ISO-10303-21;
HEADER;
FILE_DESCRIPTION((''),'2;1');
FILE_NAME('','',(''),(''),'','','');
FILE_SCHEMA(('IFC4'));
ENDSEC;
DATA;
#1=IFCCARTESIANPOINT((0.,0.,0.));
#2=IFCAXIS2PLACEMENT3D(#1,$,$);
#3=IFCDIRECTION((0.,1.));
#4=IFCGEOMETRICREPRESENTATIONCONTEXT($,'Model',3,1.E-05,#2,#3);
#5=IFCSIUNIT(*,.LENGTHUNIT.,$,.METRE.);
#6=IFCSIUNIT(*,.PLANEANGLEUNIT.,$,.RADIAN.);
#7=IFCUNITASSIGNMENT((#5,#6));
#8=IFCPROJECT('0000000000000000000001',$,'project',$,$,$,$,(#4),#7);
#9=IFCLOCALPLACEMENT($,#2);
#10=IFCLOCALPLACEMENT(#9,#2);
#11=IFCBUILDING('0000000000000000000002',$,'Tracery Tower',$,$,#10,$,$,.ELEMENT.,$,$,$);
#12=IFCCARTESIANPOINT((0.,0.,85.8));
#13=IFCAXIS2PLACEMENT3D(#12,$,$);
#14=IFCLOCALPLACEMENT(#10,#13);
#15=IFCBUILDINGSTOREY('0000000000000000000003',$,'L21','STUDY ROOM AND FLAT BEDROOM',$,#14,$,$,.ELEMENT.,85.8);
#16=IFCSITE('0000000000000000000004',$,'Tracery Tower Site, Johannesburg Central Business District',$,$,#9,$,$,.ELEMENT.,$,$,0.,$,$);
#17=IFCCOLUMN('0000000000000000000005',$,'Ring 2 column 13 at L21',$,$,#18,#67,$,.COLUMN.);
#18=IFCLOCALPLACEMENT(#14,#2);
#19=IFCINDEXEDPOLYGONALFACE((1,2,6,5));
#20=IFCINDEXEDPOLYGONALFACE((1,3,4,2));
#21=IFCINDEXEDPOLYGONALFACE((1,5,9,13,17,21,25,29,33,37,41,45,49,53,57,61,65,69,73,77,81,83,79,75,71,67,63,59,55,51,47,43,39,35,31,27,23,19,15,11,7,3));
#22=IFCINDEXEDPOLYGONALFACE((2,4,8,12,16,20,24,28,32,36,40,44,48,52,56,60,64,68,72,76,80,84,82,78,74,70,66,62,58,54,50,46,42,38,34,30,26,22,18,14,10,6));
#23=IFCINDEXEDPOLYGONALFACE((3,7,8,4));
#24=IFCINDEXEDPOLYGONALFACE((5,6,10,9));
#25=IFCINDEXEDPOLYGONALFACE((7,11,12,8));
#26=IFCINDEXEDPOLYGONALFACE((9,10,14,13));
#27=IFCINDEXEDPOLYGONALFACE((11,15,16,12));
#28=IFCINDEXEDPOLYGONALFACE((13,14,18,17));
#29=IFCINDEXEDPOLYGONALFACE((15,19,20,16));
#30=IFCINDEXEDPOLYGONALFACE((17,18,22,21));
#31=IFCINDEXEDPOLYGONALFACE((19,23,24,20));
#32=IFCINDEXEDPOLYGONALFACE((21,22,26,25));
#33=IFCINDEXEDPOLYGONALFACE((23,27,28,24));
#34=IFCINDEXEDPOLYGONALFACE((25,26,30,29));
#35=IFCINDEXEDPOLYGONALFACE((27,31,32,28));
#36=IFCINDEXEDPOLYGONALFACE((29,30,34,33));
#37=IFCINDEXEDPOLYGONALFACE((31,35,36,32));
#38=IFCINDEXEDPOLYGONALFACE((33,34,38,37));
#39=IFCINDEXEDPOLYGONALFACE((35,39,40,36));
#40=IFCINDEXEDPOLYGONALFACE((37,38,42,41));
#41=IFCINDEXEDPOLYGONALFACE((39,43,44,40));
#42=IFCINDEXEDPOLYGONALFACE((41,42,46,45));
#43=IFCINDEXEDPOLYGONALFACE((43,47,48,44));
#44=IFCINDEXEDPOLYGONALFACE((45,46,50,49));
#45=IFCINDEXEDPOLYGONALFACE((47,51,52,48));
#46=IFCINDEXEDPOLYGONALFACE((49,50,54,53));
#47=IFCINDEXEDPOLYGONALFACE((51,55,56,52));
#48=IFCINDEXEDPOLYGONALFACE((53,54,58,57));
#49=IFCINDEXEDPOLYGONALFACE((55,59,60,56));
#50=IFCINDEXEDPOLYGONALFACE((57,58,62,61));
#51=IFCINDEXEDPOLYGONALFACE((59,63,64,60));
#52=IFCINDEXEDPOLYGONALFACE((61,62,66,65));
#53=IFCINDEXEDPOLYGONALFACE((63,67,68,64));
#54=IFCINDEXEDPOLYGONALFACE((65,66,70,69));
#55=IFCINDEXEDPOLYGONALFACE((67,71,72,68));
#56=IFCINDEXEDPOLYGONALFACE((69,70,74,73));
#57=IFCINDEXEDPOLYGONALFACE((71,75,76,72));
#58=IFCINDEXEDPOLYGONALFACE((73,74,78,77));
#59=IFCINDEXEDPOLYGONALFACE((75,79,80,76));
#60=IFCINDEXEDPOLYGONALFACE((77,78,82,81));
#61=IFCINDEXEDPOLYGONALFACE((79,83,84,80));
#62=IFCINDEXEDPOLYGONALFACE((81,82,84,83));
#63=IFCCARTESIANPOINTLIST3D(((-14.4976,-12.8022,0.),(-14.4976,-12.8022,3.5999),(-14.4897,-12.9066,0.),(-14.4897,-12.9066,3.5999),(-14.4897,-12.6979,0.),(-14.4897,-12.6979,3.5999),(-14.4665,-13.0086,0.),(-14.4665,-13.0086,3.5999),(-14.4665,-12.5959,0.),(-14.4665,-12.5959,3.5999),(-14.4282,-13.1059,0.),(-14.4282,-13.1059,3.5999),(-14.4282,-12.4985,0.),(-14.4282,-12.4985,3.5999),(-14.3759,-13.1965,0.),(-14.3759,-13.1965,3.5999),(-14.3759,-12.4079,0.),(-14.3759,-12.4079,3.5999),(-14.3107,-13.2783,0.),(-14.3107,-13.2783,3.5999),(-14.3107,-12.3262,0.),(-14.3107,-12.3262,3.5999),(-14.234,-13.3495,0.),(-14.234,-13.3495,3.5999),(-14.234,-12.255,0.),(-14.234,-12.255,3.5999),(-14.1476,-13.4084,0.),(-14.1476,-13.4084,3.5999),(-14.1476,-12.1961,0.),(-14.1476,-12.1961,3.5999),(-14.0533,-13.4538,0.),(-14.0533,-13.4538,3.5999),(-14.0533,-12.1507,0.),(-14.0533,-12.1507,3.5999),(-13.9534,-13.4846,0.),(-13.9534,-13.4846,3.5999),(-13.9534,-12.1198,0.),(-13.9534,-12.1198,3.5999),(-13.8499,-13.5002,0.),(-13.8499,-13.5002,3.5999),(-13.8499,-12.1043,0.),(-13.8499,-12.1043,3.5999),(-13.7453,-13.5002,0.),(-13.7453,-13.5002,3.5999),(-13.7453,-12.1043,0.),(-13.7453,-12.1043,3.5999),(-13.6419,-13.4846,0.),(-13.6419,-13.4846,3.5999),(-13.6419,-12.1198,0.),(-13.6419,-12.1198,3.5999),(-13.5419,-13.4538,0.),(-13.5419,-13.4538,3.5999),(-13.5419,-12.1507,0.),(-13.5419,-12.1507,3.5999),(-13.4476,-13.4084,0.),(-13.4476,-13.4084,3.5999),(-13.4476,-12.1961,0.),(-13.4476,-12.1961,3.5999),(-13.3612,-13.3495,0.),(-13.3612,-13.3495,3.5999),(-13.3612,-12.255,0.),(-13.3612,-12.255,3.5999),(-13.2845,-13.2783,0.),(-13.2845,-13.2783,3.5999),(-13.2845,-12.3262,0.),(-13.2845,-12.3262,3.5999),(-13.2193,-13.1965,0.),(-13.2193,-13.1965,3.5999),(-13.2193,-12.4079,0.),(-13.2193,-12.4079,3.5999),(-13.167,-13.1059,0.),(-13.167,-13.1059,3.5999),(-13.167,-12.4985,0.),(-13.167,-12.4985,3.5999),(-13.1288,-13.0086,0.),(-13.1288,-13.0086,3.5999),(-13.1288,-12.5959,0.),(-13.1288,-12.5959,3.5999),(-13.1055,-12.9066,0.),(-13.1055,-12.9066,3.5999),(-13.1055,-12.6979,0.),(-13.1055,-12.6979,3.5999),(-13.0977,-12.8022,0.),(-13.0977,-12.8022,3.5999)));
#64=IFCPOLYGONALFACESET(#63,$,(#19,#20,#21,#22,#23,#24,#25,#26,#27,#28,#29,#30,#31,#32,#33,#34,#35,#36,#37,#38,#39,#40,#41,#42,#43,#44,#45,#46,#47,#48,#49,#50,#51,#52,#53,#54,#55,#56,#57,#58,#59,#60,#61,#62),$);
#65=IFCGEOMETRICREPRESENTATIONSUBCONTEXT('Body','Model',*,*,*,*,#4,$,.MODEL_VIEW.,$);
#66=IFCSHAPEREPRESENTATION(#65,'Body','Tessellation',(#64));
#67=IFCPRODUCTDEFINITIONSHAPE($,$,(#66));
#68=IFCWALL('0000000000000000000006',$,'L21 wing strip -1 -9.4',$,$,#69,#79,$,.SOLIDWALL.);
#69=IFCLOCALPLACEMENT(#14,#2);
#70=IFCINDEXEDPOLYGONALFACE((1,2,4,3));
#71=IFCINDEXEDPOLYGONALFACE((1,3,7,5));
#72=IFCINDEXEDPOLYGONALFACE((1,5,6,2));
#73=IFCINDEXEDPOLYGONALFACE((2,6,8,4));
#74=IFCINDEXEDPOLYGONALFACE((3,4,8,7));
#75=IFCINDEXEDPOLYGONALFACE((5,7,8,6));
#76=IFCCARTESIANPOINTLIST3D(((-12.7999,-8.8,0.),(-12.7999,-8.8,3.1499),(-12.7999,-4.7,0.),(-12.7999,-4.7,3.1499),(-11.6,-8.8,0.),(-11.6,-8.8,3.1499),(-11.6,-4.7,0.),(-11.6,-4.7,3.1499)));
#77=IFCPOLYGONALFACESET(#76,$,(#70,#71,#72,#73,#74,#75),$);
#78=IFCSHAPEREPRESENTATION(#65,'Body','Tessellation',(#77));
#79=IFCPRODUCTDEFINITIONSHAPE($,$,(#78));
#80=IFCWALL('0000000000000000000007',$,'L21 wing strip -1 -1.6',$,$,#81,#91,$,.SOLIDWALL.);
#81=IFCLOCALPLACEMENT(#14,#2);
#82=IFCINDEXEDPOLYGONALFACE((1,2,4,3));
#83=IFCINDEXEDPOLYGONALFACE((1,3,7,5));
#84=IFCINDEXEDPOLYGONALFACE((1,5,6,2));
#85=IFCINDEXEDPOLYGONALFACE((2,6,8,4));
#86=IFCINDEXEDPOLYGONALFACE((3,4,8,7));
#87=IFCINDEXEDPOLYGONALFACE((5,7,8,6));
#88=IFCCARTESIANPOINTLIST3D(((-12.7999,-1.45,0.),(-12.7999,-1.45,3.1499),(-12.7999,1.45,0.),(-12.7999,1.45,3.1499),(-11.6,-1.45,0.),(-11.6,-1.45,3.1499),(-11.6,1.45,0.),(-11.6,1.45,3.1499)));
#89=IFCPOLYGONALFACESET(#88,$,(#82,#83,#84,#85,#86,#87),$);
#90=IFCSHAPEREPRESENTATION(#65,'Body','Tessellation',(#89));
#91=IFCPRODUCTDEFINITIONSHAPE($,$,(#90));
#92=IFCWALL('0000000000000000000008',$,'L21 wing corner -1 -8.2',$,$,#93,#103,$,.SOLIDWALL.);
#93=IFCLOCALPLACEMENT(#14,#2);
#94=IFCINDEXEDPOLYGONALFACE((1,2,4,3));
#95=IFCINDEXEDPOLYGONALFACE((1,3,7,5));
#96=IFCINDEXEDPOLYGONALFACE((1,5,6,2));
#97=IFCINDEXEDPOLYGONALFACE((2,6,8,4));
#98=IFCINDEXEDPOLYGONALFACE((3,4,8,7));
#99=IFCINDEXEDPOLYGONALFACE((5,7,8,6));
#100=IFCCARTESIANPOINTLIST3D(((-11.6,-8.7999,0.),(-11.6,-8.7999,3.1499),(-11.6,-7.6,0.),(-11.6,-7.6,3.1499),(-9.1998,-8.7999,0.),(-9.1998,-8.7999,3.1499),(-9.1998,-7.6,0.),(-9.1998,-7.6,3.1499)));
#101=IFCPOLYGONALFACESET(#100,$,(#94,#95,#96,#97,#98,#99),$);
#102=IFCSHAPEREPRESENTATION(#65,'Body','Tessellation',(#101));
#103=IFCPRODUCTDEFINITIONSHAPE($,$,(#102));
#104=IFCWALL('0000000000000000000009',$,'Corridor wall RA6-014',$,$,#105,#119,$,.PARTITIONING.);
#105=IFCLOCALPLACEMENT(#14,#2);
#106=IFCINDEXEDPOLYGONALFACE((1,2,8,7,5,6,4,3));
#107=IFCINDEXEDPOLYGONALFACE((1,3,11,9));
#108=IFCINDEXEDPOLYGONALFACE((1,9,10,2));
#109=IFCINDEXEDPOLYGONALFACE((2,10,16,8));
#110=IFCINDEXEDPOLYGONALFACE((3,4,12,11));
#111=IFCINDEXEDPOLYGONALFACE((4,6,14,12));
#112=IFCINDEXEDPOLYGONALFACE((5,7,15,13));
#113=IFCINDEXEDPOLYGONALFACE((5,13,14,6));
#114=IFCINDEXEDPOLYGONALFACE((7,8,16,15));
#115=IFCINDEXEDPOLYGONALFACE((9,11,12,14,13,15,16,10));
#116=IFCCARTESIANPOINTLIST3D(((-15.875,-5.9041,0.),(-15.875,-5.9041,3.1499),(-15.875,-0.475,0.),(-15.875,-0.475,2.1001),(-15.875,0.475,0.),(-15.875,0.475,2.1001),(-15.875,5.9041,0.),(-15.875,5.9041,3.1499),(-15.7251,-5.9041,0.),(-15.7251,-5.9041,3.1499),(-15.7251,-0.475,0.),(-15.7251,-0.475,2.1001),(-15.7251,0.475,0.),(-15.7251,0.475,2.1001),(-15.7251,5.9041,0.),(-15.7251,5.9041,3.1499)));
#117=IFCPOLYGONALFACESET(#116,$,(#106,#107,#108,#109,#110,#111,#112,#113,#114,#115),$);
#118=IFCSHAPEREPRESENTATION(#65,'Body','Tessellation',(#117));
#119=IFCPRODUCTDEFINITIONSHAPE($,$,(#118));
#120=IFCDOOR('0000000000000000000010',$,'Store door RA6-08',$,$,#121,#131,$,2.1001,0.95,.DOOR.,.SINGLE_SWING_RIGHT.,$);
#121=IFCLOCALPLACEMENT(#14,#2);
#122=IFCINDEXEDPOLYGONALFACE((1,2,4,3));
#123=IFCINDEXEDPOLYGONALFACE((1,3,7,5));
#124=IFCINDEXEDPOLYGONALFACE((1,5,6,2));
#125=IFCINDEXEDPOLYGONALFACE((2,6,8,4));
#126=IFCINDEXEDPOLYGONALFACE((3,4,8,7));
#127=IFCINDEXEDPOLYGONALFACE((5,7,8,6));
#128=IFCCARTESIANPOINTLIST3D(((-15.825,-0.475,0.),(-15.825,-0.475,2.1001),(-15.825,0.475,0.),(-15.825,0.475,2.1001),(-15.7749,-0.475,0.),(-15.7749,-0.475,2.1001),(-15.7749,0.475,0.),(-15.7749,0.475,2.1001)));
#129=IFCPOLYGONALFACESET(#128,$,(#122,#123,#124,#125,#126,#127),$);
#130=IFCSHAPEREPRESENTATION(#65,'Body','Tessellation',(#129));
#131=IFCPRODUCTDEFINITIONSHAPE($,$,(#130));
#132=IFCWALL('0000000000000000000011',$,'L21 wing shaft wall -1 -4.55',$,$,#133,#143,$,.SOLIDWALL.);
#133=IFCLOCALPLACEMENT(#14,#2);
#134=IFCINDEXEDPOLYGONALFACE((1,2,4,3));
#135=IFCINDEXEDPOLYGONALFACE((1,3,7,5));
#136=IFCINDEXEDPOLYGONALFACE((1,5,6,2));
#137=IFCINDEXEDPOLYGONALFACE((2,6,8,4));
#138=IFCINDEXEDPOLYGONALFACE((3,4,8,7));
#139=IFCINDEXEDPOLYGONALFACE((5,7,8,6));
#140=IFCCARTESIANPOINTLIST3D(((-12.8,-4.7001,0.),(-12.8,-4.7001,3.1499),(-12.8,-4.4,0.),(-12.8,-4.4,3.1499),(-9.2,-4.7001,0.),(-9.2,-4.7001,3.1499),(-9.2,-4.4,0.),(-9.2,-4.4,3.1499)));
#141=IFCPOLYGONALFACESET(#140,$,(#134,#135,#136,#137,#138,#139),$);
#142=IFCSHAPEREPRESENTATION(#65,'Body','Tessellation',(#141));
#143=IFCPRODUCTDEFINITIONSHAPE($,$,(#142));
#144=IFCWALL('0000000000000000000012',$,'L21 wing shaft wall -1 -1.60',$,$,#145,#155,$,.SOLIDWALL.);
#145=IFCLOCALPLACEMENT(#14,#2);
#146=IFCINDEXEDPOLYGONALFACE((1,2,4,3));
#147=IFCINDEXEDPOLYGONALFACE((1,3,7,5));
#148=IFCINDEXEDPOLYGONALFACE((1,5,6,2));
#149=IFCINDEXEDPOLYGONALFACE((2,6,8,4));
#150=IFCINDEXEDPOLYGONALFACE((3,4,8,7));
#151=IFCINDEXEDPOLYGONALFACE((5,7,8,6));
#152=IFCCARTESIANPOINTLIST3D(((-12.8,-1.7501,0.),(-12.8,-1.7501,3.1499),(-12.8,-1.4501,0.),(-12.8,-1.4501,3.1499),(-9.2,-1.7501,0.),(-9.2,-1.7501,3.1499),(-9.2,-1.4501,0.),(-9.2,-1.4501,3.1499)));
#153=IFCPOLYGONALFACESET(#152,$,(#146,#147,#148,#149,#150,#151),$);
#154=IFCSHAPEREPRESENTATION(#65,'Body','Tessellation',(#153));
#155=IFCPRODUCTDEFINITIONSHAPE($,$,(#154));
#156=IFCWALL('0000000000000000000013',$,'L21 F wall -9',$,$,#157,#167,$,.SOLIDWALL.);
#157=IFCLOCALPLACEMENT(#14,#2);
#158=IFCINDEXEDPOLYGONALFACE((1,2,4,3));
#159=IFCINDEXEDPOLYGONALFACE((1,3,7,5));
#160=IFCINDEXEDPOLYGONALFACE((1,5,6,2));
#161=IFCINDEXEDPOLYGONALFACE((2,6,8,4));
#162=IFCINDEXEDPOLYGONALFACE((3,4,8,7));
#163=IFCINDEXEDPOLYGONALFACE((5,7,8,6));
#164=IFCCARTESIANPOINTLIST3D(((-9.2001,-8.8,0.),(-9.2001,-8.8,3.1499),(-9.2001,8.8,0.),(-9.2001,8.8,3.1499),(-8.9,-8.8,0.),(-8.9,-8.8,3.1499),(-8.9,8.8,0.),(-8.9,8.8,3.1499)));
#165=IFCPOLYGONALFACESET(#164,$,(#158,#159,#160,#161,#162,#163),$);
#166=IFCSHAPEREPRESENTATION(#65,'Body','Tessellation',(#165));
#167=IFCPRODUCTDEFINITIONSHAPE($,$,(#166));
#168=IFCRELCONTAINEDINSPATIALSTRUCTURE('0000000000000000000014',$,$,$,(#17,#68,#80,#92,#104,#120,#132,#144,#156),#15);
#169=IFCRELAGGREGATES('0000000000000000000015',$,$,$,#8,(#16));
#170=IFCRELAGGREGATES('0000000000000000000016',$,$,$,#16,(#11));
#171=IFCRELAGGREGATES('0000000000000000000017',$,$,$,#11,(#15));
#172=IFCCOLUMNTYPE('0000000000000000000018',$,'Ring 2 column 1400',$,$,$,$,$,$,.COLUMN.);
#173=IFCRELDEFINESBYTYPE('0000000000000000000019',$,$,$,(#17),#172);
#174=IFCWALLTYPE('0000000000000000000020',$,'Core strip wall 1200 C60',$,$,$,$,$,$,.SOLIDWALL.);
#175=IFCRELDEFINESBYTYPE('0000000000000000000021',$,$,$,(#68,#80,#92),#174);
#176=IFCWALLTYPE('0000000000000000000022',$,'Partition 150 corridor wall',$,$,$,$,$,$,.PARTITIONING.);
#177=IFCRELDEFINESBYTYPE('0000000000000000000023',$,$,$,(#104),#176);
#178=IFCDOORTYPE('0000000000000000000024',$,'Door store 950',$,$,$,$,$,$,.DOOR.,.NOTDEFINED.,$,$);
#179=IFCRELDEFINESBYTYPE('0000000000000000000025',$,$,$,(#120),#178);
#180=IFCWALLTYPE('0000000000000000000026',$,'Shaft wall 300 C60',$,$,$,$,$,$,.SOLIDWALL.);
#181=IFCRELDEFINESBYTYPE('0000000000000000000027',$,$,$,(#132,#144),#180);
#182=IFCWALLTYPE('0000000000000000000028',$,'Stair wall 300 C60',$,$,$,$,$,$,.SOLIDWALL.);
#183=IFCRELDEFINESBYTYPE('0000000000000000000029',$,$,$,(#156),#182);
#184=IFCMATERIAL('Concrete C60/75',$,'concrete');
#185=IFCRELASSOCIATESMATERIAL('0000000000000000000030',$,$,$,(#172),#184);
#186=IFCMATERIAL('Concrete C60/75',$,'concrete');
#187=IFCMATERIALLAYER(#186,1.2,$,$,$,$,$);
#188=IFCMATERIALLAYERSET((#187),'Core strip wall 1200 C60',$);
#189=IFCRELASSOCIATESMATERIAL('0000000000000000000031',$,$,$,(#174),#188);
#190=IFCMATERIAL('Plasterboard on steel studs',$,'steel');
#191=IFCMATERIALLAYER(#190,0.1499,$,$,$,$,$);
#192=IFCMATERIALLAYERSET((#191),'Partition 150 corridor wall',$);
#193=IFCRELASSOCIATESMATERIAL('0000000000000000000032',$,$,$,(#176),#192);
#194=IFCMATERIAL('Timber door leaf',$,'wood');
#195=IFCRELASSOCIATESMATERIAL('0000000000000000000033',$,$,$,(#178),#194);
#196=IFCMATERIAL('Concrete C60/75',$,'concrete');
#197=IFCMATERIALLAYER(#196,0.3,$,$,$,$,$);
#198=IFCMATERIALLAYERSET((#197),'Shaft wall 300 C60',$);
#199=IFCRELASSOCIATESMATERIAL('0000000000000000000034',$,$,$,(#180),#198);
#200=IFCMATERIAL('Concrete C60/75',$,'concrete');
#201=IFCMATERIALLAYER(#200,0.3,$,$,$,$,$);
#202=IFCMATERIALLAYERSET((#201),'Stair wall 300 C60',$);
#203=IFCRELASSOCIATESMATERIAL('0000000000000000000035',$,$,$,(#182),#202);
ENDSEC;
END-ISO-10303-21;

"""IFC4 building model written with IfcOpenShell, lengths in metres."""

from ifc_helpers import new_model, si_unit, direction, frame, frame_2d, origin, origin_2d, place, context, subcontext, project, spatial, rectangle, circle, extrude, material, layer, layer_set, material_profile, profile_set, type_object, element, fill, save


model = new_model("IFC4")

# Units and contexts
model_context = context("Model", 3, precision=1e-05, world=origin(), true_north=direction((0.0, 1.0)))
body_context = subcontext(model_context, "Body", "Model", "MODEL_VIEW")
ifc_project = project(units=[si_unit("LENGTHUNIT", "METRE"), si_unit("PLANEANGLEUNIT", "RADIAN")], contexts=[model_context])

# Site, building, storey
site_placement = place(None, origin())
site = spatial("IfcSite", under=ifc_project, at=site_placement, Name="Tracery Tower Site, Johannesburg Central Business District", CompositionType="ELEMENT", RefElevation=0.0)
building_placement = place(site_placement, origin())
building = spatial("IfcBuilding", under=site, at=building_placement, Name="Tracery Tower", CompositionType="ELEMENT")
storey_placement = place(building_placement, frame((0.0, 0.0, 85.8)))
storey = spatial("IfcBuildingStorey", under=building, at=storey_placement, Name="L21", Description="STUDY ROOM AND FLAT BEDROOM", CompositionType="ELEMENT", Elevation=85.8)

# Column
ifc_material_1 = material(Name="Concrete C60/75", Category="concrete")
ifc_material_profile = material_profile(ifc_material_1, circle(Radius=0.7, at=origin_2d()), Name="RC D1400")
ifc_profile_set = profile_set([ifc_material_profile], Name="Concrete C60/75")
column_type = type_object("IfcColumnType", Name="Ring 2 column 1400", PredefinedType="COLUMN", material=ifc_profile_set)
column_placement = place(storey_placement, frame((-13.7976, -12.8022, 0.0), z_axis=(0.0, 0.0, 1.0), x_axis=(1.0, 0.0, 0.0)))
element("IfcColumn", 1, at=column_placement, inside=storey, type_object=column_type, Name="Ring 2 column 13 at L21", PredefinedType="COLUMN", context=body_context, shape_type="SweptSolid", body=[
    extrude(circle(Radius=0.7, at=origin_2d()), origin(), (0.0, 0.0, 1.0), 3.5999),
])

# Walls
ifc_material_2 = material(Name="Concrete C60/75", Category="concrete")
ifc_layer_1 = layer(ifc_material_2, 1.2)
ifc_layer_set_1 = layer_set([ifc_layer_1], Name="Core strip wall 1200 C60")
wall_type_1 = type_object("IfcWallType", Name="Core strip wall 1200 C60", PredefinedType="SOLIDWALL", material=ifc_layer_set_1)
wall_1_placement = place(storey_placement, frame((-12.2, -8.8, 0.0), z_axis=(0.0, 0.0, 1.0), x_axis=(0.0, 1.0, 0.0)))
element("IfcWall", 2, at=wall_1_placement, inside=storey, type_object=wall_type_1, Name="L21 wing strip -1 -9.4", PredefinedType="SOLIDWALL", context=body_context, shape_type="SweptSolid", body=[
    extrude(rectangle(XDim=4.1001, YDim=1.2, at=frame_2d((2.05, 0.0))), origin(), (0.0, 0.0, 1.0), 3.1499),
])
wall_2_placement = place(storey_placement, frame((-12.2, -1.45, 0.0), z_axis=(0.0, 0.0, 1.0), x_axis=(0.0, 1.0, 0.0)))
element("IfcWall", 3, at=wall_2_placement, inside=storey, type_object=wall_type_1, Name="L21 wing strip -1 -1.6", PredefinedType="SOLIDWALL", context=body_context, shape_type="SweptSolid", body=[
    extrude(rectangle(XDim=2.8999, YDim=1.2, at=frame_2d((1.45, 0.0))), origin(), (0.0, 0.0, 1.0), 3.1499),
])
wall_3_placement = place(storey_placement, frame((-11.6001, -8.2, 0.0), z_axis=(0.0, 0.0, 1.0), x_axis=(1.0, 0.0, 0.0)))
element("IfcWall", 4, at=wall_3_placement, inside=storey, type_object=wall_type_1, Name="L21 wing corner -1 -8.2", PredefinedType="SOLIDWALL", context=body_context, shape_type="SweptSolid", body=[
    extrude(rectangle(XDim=2.4001, YDim=1.2, at=frame_2d((1.2002, 0.0))), origin(), (0.0, 0.0, 1.0), 3.1499),
])

# Wall, opening, door
ifc_material_3 = material(Name="Plasterboard on steel studs", Category="steel")
ifc_layer_2 = layer(ifc_material_3, 0.1499)
ifc_layer_set_2 = layer_set([ifc_layer_2], Name="Partition 150 corridor wall")
wall_type_2 = type_object("IfcWallType", Name="Partition 150 corridor wall", PredefinedType="PARTITIONING", material=ifc_layer_set_2)
wall_4_placement = place(storey_placement, frame((-15.8, -5.9041, 0.0), z_axis=(0.0, 0.0, 1.0), x_axis=(0.0, 1.0, 0.0)))
wall_4 = element("IfcWall", 5, at=wall_4_placement, inside=storey, type_object=wall_type_2, Name="Corridor wall RA6-014", PredefinedType="PARTITIONING", context=body_context, shape_type="SweptSolid", body=[
    extrude(rectangle(XDim=11.8081, YDim=0.1499, at=frame_2d((5.9041, 0.0))), origin(), (0.0, 0.0, 1.0), 3.1499),
])
opening_1_placement = place(wall_4_placement, frame((5.429, 0.0, 0.0)))
opening_1 = element("IfcOpeningElement", 6, at=opening_1_placement, cuts=wall_4, PredefinedType="OPENING", context=body_context, shape_type="SweptSolid", body=[
    extrude(rectangle(XDim=0.95, YDim=2.1001, at=frame_2d((0.4751, 1.05))), frame((0.0, 0.075, 0.0), z_axis=(0.0, -1.0, 0.0), x_axis=(1.0, 0.0, 0.0)), (0.0, 0.0, 1.0), 0.1499),
])
ifc_material_4 = material(Name="Timber door leaf", Category="wood")
door_type_1 = type_object("IfcDoorType", Name="Door store 950", OperationType="NOTDEFINED", PredefinedType="DOOR", material=ifc_material_4)
door_1_placement = place(opening_1_placement, origin())
door_1 = element("IfcDoor", 7, at=door_1_placement, inside=storey, type_object=door_type_1, Name="Store door RA6-08", OperationType="SINGLE_SWING_RIGHT", OverallHeight=2.1001, OverallWidth=0.95, PredefinedType="DOOR", context=body_context, shape_type="SweptSolid", body=[
    extrude(rectangle(XDim=0.95, YDim=2.1001, at=frame_2d((0.4751, 1.05))), frame((0.0, 0.0249, 0.0), z_axis=(0.0, -1.0, 0.0), x_axis=(1.0, 0.0, 0.0)), (0.0, 0.0, 1.0), 0.05),
])
fill(opening_1, door_1)

# Walls
ifc_material_5 = material(Name="Concrete C60/75", Category="concrete")
ifc_layer_3 = layer(ifc_material_5, 0.3)
ifc_layer_set_3 = layer_set([ifc_layer_3], Name="Shaft wall 300 C60")
wall_type_3 = type_object("IfcWallType", Name="Shaft wall 300 C60", PredefinedType="SOLIDWALL", material=ifc_layer_set_3)
for number, where, z_axis, x_axis, name in (
    (8, (-12.8, -4.55, 0.0), (0.0, 0.0, 1.0), (1.0, 0.0, 0.0), "L21 wing shaft wall -1 -4.55"),
    (9, (-12.8, -1.6001, 0.0), (0.0, 0.0, 1.0), (1.0, 0.0, 0.0), "L21 wing shaft wall -1 -1.60"),
):
    element("IfcWall", number, at=place(storey_placement, frame(where, z_axis=z_axis, x_axis=x_axis)), inside=storey, type_object=wall_type_3, Name=name, PredefinedType="SOLIDWALL", context=body_context, shape_type="SweptSolid", body=[
        extrude(rectangle(XDim=3.6001, YDim=0.3, at=frame_2d((1.8, 0.0))), origin(), (0.0, 0.0, 1.0), 3.1499),
    ])
ifc_material_6 = material(Name="Concrete C60/75", Category="concrete")
ifc_layer_4 = layer(ifc_material_6, 0.3)
ifc_layer_set_4 = layer_set([ifc_layer_4], Name="Stair wall 300 C60")
wall_type_4 = type_object("IfcWallType", Name="Stair wall 300 C60", PredefinedType="SOLIDWALL", material=ifc_layer_set_4)
wall_5_placement = place(storey_placement, frame((-9.05, -8.8, 0.0), z_axis=(0.0, 0.0, 1.0), x_axis=(0.0, 1.0, 0.0)))
element("IfcWall", 10, at=wall_5_placement, inside=storey, type_object=wall_type_4, Name="L21 F wall -9", PredefinedType="SOLIDWALL", context=body_context, shape_type="SweptSolid", body=[
    extrude(rectangle(XDim=17.6001, YDim=0.3, at=frame_2d((8.8, 0.0))), origin(), (0.0, 0.0, 1.0), 3.1499),
])

save(model, "model.ifc")
